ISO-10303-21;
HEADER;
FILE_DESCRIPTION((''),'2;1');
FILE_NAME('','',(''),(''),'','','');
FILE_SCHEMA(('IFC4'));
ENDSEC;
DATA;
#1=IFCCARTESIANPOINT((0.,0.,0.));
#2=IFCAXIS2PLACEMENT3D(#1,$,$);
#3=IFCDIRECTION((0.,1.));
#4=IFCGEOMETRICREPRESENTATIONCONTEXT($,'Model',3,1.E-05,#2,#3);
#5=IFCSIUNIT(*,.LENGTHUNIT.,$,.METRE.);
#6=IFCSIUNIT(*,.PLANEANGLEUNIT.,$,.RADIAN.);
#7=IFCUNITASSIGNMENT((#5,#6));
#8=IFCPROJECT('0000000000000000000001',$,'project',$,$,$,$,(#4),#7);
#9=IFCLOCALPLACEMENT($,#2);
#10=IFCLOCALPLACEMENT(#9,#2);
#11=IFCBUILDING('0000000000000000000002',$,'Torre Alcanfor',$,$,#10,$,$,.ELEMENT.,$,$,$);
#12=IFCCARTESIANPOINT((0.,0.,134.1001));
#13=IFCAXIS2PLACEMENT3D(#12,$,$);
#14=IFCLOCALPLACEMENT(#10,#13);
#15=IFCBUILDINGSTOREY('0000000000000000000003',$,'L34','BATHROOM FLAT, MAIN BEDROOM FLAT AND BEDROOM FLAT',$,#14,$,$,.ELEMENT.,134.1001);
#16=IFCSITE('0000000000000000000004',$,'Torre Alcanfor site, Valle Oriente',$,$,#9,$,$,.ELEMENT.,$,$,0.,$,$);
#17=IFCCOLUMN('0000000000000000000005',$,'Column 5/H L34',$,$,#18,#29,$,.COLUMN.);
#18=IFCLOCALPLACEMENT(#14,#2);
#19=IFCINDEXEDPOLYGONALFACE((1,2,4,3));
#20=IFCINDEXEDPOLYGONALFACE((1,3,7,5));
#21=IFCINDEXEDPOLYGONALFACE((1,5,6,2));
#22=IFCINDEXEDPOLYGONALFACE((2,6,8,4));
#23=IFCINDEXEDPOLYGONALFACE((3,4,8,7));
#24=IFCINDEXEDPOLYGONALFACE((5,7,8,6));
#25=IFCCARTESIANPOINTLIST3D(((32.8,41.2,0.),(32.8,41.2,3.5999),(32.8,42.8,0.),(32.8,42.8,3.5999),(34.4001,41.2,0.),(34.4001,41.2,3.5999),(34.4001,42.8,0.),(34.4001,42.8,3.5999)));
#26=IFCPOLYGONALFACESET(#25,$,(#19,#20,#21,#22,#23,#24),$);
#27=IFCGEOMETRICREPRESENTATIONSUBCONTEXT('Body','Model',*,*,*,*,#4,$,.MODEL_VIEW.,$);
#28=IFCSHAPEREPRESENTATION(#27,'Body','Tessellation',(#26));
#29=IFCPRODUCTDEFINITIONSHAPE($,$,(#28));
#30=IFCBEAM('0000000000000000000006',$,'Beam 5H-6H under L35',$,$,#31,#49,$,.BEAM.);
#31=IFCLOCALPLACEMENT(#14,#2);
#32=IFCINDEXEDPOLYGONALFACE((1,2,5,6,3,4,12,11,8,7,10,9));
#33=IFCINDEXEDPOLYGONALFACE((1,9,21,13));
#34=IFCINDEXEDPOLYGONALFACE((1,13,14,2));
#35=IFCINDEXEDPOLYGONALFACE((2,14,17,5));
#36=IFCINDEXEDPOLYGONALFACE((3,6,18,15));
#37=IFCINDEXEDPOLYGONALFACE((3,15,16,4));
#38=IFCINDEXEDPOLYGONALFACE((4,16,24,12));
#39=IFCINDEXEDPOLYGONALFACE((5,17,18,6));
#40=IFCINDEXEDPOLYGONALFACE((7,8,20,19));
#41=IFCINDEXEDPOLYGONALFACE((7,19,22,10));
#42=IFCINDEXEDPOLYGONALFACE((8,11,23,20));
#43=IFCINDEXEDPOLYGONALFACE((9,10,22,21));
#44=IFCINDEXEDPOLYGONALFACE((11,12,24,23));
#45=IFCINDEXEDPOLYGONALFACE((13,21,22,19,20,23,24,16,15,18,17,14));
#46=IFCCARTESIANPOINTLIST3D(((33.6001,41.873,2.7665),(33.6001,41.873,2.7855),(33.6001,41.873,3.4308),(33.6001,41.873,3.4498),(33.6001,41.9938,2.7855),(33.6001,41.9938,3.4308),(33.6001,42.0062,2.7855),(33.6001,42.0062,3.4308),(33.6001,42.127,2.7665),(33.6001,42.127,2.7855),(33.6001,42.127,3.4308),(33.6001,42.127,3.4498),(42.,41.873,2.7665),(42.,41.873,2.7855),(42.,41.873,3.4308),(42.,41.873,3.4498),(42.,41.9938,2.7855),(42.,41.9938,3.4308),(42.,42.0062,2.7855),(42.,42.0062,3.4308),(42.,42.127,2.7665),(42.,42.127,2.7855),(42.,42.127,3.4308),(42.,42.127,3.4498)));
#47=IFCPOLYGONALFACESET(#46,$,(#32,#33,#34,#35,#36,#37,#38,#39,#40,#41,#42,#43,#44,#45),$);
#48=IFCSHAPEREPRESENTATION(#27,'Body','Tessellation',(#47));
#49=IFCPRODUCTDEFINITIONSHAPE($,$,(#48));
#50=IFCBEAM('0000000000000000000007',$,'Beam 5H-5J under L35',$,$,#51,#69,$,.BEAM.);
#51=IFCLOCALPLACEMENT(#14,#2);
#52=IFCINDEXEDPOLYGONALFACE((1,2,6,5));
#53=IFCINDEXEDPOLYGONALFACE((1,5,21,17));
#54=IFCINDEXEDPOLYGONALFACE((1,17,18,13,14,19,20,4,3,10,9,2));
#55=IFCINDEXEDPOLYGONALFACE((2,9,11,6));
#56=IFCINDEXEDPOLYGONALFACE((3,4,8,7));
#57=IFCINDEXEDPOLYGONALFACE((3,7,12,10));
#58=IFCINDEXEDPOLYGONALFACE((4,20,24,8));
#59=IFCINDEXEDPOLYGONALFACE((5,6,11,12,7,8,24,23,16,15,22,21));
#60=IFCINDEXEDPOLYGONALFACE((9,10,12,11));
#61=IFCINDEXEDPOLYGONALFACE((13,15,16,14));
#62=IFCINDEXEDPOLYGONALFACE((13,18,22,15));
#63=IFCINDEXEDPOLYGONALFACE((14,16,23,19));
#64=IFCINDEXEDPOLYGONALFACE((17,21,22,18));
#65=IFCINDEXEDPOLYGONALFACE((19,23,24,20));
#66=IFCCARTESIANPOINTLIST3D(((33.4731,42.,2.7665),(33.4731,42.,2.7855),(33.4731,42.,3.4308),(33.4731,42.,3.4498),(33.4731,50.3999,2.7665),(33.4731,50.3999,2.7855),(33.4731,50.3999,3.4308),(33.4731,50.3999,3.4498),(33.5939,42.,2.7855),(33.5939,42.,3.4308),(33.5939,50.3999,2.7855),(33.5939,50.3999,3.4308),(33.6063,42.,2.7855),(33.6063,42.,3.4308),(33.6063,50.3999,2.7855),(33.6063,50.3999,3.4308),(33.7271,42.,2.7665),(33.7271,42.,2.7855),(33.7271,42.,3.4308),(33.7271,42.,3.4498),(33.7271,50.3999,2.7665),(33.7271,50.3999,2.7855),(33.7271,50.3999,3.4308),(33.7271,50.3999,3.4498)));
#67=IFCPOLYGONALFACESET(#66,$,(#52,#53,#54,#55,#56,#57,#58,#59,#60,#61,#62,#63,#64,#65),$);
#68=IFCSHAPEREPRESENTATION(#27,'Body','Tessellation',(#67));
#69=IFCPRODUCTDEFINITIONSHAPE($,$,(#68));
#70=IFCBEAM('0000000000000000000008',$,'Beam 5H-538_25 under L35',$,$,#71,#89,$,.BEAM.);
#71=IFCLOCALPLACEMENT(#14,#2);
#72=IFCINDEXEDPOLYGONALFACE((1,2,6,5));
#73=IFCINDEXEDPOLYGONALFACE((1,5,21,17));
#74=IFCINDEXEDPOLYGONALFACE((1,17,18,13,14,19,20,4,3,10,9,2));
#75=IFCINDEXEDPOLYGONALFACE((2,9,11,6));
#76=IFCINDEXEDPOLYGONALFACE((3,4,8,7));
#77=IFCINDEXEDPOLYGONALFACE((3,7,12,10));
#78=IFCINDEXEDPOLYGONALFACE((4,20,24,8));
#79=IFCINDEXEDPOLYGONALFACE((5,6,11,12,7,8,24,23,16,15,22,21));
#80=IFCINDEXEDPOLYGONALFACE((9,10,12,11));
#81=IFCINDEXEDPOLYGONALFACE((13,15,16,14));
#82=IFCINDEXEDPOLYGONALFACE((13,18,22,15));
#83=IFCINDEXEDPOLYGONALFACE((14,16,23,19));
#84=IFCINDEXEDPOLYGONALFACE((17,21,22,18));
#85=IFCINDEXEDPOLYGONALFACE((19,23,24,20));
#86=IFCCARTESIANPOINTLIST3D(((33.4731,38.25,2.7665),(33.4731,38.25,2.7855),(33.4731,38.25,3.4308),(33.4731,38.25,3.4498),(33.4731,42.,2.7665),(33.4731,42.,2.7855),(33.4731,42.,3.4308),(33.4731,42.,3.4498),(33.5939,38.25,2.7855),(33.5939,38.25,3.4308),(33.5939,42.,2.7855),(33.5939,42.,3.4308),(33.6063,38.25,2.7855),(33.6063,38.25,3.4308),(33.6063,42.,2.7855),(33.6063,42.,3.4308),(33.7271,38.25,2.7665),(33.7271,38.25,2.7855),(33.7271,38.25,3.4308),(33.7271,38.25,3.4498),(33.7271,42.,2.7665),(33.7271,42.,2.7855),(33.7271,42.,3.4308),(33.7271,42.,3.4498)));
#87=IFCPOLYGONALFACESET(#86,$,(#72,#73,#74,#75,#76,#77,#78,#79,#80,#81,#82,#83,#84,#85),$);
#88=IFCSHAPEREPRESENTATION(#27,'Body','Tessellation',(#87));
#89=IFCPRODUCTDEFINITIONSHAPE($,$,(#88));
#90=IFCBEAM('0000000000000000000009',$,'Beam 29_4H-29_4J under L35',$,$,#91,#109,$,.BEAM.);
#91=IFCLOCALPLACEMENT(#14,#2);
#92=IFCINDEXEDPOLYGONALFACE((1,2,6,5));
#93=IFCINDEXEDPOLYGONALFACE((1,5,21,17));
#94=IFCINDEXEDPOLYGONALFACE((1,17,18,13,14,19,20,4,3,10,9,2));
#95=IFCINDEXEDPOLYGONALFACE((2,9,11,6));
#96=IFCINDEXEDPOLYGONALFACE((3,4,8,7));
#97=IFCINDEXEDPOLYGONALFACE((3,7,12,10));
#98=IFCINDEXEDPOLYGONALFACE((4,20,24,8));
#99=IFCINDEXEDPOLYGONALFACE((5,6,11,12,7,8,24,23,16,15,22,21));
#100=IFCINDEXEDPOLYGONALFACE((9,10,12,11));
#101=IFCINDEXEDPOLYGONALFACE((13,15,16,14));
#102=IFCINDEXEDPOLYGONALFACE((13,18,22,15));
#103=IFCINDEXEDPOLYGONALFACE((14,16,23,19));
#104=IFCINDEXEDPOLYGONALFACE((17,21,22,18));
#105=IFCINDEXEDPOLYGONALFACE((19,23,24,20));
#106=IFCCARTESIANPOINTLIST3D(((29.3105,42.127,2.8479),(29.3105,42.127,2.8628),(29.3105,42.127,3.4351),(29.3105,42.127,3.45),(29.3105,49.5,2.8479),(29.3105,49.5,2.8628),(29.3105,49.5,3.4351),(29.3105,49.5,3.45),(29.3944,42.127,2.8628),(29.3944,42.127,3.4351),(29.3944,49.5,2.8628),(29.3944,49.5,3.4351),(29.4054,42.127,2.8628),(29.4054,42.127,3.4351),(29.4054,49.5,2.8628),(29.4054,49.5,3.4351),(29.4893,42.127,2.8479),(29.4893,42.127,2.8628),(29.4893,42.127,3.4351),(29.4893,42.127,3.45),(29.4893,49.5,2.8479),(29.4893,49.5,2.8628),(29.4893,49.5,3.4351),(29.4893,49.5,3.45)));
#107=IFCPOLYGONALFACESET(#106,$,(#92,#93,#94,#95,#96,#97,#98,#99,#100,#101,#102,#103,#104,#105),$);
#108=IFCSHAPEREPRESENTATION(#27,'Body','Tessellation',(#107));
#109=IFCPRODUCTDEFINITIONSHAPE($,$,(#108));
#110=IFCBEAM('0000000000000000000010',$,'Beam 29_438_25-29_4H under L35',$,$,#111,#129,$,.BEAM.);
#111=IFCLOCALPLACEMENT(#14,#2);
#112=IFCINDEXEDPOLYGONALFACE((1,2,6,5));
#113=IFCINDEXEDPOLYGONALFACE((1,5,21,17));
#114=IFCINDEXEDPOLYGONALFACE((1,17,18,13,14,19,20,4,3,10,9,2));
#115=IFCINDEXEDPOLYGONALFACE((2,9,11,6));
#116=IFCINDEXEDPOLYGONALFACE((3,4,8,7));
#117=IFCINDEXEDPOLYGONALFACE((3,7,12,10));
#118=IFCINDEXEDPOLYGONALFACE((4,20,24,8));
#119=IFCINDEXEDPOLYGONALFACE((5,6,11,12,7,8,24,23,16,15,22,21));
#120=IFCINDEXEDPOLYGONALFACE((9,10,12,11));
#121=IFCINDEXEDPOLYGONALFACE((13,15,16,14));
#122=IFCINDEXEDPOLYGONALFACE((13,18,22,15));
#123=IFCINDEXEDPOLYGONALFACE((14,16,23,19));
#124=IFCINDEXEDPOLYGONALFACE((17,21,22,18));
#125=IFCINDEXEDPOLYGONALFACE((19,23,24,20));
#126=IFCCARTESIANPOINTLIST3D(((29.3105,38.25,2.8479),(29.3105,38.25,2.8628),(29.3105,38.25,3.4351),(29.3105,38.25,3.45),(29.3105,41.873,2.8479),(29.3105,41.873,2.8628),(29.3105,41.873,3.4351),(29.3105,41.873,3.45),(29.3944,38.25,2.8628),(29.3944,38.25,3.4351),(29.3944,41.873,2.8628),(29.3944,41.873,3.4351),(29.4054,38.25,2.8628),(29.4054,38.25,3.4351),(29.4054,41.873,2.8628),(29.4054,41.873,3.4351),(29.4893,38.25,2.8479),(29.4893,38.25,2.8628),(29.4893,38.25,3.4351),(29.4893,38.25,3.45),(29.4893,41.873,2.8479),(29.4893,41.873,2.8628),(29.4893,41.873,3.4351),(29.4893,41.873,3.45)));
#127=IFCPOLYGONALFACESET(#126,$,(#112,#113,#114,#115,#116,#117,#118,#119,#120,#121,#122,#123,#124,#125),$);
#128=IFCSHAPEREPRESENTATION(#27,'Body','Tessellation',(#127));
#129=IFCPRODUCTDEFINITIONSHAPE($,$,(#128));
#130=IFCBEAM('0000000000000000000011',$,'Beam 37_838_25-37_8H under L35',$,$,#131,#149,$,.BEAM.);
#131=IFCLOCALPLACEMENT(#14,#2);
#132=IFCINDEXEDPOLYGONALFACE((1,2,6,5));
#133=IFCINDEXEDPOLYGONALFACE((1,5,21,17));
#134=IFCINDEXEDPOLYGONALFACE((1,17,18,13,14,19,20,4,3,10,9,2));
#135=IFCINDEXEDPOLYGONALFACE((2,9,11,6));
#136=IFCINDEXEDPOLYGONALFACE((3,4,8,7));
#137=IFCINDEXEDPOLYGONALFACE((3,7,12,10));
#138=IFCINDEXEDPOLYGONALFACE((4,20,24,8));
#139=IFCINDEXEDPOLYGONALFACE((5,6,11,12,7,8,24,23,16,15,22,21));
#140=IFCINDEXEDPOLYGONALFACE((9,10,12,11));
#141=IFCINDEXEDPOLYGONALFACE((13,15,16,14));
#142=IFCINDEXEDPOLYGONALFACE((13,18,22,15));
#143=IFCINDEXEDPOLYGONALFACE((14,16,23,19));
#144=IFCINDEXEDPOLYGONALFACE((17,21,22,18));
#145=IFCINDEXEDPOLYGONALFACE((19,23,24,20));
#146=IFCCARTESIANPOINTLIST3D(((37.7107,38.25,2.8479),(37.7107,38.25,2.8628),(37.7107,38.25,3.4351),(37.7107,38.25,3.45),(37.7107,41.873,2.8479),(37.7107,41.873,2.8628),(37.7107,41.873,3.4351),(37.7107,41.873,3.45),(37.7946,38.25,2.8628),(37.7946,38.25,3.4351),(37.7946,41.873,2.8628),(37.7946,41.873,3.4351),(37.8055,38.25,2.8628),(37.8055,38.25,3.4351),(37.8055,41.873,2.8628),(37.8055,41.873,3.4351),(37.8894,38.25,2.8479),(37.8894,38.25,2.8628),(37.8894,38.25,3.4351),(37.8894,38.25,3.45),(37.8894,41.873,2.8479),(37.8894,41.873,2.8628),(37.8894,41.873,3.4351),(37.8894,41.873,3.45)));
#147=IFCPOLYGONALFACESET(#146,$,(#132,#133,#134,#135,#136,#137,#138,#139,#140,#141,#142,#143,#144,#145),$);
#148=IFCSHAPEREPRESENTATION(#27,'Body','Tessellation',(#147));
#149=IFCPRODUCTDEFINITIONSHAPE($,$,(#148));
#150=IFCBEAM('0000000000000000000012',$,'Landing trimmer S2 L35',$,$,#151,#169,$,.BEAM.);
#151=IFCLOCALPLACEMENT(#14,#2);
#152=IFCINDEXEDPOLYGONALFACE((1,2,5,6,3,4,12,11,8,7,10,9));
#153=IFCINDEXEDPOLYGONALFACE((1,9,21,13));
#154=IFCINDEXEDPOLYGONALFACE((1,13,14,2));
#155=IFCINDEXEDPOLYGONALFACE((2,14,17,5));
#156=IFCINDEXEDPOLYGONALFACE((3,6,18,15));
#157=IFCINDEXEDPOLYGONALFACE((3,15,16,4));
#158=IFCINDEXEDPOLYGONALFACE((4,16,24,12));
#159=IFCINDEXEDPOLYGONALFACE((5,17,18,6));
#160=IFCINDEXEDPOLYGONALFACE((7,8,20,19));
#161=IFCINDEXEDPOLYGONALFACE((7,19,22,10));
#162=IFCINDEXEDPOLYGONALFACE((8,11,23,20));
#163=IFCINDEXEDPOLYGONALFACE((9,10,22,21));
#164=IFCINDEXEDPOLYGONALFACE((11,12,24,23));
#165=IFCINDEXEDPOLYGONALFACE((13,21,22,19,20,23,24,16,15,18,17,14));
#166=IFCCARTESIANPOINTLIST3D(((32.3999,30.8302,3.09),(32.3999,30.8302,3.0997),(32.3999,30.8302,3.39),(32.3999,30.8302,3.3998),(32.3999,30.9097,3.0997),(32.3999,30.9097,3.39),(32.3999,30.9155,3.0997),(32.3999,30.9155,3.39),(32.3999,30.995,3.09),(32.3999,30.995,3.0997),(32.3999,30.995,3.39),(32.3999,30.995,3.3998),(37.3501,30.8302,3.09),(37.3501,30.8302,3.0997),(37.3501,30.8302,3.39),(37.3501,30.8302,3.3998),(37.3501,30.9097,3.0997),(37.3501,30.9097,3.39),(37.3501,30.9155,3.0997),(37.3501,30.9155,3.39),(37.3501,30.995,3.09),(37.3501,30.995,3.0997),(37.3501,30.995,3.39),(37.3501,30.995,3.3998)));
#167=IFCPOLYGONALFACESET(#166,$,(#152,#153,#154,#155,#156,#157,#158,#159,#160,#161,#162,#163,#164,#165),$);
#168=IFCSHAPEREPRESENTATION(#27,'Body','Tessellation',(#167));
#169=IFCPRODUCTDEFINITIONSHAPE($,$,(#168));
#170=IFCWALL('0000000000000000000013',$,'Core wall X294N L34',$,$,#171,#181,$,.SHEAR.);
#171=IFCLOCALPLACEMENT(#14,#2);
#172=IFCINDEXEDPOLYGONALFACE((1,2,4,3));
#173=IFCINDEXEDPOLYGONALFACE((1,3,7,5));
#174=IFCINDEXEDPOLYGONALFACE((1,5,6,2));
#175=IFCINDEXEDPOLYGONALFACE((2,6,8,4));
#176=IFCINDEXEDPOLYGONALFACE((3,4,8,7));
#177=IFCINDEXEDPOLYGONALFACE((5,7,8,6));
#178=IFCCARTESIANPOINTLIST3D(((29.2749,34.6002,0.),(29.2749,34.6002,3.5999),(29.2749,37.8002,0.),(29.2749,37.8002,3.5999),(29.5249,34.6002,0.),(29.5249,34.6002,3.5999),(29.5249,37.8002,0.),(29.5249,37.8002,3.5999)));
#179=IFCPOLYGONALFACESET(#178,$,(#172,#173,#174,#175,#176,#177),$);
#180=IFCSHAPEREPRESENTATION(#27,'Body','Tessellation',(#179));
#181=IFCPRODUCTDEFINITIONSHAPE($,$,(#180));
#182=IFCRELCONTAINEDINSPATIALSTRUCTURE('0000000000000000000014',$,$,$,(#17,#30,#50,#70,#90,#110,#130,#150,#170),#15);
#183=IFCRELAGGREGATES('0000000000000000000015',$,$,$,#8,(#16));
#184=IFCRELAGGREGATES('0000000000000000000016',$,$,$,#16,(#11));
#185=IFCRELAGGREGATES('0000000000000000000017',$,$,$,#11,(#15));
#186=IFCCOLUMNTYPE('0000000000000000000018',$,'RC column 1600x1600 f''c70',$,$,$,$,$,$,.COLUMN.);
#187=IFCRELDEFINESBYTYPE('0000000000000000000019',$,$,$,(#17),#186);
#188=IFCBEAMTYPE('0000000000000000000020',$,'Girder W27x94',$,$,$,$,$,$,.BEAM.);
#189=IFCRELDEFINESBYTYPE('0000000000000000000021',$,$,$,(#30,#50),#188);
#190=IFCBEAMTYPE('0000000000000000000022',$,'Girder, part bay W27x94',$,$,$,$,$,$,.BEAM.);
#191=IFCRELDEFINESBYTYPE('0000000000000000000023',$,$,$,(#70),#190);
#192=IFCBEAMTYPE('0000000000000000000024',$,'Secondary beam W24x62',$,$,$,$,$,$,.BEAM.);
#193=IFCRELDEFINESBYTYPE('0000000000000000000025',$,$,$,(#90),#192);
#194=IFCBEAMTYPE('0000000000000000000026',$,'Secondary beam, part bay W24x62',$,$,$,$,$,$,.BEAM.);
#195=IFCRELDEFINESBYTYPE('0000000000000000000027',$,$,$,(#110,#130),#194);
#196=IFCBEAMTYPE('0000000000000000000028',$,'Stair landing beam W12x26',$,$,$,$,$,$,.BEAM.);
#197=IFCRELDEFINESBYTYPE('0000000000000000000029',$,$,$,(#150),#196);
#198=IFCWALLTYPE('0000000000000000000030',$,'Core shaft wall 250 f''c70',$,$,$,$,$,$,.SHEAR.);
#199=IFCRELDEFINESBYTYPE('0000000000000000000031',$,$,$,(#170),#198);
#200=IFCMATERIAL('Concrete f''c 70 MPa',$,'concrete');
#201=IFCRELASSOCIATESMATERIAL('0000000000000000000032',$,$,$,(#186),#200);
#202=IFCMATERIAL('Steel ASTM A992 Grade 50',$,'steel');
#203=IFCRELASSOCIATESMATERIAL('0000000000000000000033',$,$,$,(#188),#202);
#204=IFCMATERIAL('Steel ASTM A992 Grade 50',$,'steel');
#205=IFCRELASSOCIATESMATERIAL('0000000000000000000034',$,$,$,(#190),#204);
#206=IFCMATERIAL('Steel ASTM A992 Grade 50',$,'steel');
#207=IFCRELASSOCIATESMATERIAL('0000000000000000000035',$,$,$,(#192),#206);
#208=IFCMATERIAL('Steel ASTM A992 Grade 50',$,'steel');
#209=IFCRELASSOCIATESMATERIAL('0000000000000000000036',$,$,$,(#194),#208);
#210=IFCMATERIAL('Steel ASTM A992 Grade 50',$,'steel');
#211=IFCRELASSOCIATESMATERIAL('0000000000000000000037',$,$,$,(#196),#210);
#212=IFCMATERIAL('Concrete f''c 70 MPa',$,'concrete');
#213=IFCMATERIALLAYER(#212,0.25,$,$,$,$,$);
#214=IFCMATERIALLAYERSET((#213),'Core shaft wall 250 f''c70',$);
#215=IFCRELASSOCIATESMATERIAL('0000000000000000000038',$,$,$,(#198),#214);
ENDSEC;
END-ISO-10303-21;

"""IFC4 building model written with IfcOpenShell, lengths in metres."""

from ifc_helpers import new_model, si_unit, direction, frame, frame_2d, origin, origin_2d, place, context, subcontext, project, spatial, rectangle, i_section, extrude, material, layer, layer_set, material_profile, profile_set, type_object, element, save


model = new_model("IFC4")

# Units and contexts
model_context = context("Model", 3, precision=1e-05, world=origin(), true_north=direction((0.0, 1.0)))
body_context = subcontext(model_context, "Body", "Model", "MODEL_VIEW")
ifc_project = project(units=[si_unit("LENGTHUNIT", "METRE"), si_unit("PLANEANGLEUNIT", "RADIAN")], contexts=[model_context])

# Site, building, storey
site_placement = place(None, origin())
site = spatial("IfcSite", under=ifc_project, at=site_placement, Name="Torre Alcanfor site, Valle Oriente", CompositionType="ELEMENT", RefElevation=0.0)
building_placement = place(site_placement, origin())
building = spatial("IfcBuilding", under=site, at=building_placement, Name="Torre Alcanfor", CompositionType="ELEMENT")
storey_placement = place(building_placement, frame((0.0, 0.0, 134.1001)))
storey = spatial("IfcBuildingStorey", under=building, at=storey_placement, Name="L34", Description="BATHROOM FLAT, MAIN BEDROOM FLAT AND BEDROOM FLAT", CompositionType="ELEMENT", Elevation=134.1001)

# Column
ifc_material_1 = material(Name="Concrete f'c 70 MPa", Category="concrete")
ifc_material_profile_1 = material_profile(ifc_material_1, rectangle(XDim=1.6001, YDim=1.6001, at=origin_2d()), Name="1600x1600")
ifc_profile_set_1 = profile_set([ifc_material_profile_1], Name="Concrete f'c 70 MPa")
column_type = type_object("IfcColumnType", Name="RC column 1600x1600 f'c70", PredefinedType="COLUMN", material=ifc_profile_set_1)
column_placement = place(storey_placement, frame((33.6001, 42.0, 0.0), z_axis=(0.0, 0.0, 1.0), x_axis=(1.0, 0.0, 0.0)))
element("IfcColumn", 1, at=column_placement, inside=storey, type_object=column_type, Name="Column 5/H L34", PredefinedType="COLUMN", context=body_context, shape_type="SweptSolid", body=[
    extrude(rectangle(XDim=1.6001, YDim=1.6001, at=origin_2d()), origin(), (0.0, 0.0, 1.0), 3.5999),
])

# Beams
ifc_material_2 = material(Name="Steel ASTM A992 Grade 50", Category="steel")
ifc_material_profile_2 = material_profile(ifc_material_2, i_section(OverallWidth=0.2539, OverallDepth=0.6833, WebThickness=0.0125, FlangeThickness=0.019, at=origin_2d()), Name="W27x94")
ifc_profile_set_2 = profile_set([ifc_material_profile_2], Name="Steel ASTM A992 Grade 50")
beam_type_1 = type_object("IfcBeamType", Name="Girder W27x94", PredefinedType="BEAM", material=ifc_profile_set_2)
for number, where, z_axis, x_axis, name in (
    (2, (33.6001, 42.0, 3.1082), (1.0, 0.0, 0.0), (0.0, 1.0, 0.0), "Beam 5H-6H under L35"),
    (3, (33.6001, 42.0, 3.1082), (0.0, 1.0, 0.0), (-1.0, 0.0, 0.0), "Beam 5H-5J under L35"),
):
    element("IfcBeam", number, at=place(storey_placement, frame(where, z_axis=z_axis, x_axis=x_axis)), inside=storey, type_object=beam_type_1, Name=name, PredefinedType="BEAM", context=body_context, shape_type="SweptSolid", body=[
        extrude(i_section(OverallWidth=0.2539, OverallDepth=0.6833, WebThickness=0.0125, FlangeThickness=0.019, at=origin_2d()), origin(), (0.0, 0.0, 1.0), 8.3999),
    ])
ifc_material_3 = material(Name="Steel ASTM A992 Grade 50", Category="steel")
ifc_material_profile_3 = material_profile(ifc_material_3, i_section(OverallWidth=0.2539, OverallDepth=0.6833, WebThickness=0.0125, FlangeThickness=0.019, at=origin_2d()), Name="W27x94")
ifc_profile_set_3 = profile_set([ifc_material_profile_3], Name="Steel ASTM A992 Grade 50")
beam_type_2 = type_object("IfcBeamType", Name="Girder, part bay W27x94", PredefinedType="BEAM", material=ifc_profile_set_3)
beam_1_placement = place(storey_placement, frame((33.6001, 42.0, 3.1082), z_axis=(0.0, -1.0, 0.0), x_axis=(1.0, 0.0, 0.0)))
element("IfcBeam", 4, at=beam_1_placement, inside=storey, type_object=beam_type_2, Name="Beam 5H-538_25 under L35", PredefinedType="BEAM", context=body_context, shape_type="SweptSolid", body=[
    extrude(i_section(OverallWidth=0.2539, OverallDepth=0.6833, WebThickness=0.0125, FlangeThickness=0.019, at=origin_2d()), origin(), (0.0, 0.0, 1.0), 3.75),
])
ifc_material_4 = material(Name="Steel ASTM A992 Grade 50", Category="steel")
ifc_material_profile_4 = material_profile(ifc_material_4, i_section(OverallWidth=0.1787, OverallDepth=0.6021, WebThickness=0.011, FlangeThickness=0.0149, at=origin_2d()), Name="W24x62")
ifc_profile_set_4 = profile_set([ifc_material_profile_4], Name="Steel ASTM A992 Grade 50")
beam_type_3 = type_object("IfcBeamType", Name="Secondary beam W24x62", PredefinedType="BEAM", material=ifc_profile_set_4)
beam_2_placement = place(storey_placement, frame((29.3999, 42.127, 3.1489), z_axis=(0.0, 1.0, 0.0), x_axis=(-1.0, 0.0, 0.0)))
element("IfcBeam", 5, at=beam_2_placement, inside=storey, type_object=beam_type_3, Name="Beam 29_4H-29_4J under L35", PredefinedType="BEAM", context=body_context, shape_type="SweptSolid", body=[
    extrude(i_section(OverallWidth=0.1787, OverallDepth=0.6021, WebThickness=0.011, FlangeThickness=0.0149, at=origin_2d()), origin(), (0.0, 0.0, 1.0), 7.373),
])
ifc_material_5 = material(Name="Steel ASTM A992 Grade 50", Category="steel")
ifc_material_profile_5 = material_profile(ifc_material_5, i_section(OverallWidth=0.1787, OverallDepth=0.6021, WebThickness=0.011, FlangeThickness=0.0149, at=origin_2d()), Name="W24x62")
ifc_profile_set_5 = profile_set([ifc_material_profile_5], Name="Steel ASTM A992 Grade 50")
beam_type_4 = type_object("IfcBeamType", Name="Secondary beam, part bay W24x62", PredefinedType="BEAM", material=ifc_profile_set_5)
for number, where, z_axis, x_axis, name in (
    (6, (29.3999, 38.25, 3.1489), (0.0, 1.0, 0.0), (-1.0, 0.0, 0.0), "Beam 29_438_25-29_4H under L35"),
    (7, (37.8, 38.25, 3.1489), (0.0, 1.0, 0.0), (-1.0, 0.0, 0.0), "Beam 37_838_25-37_8H under L35"),
):
    element("IfcBeam", number, at=place(storey_placement, frame(where, z_axis=z_axis, x_axis=x_axis)), inside=storey, type_object=beam_type_4, Name=name, PredefinedType="BEAM", context=body_context, shape_type="SweptSolid", body=[
        extrude(i_section(OverallWidth=0.1787, OverallDepth=0.6021, WebThickness=0.011, FlangeThickness=0.0149, at=origin_2d()), origin(), (0.0, 0.0, 1.0), 3.623),
    ])
ifc_material_6 = material(Name="Steel ASTM A992 Grade 50", Category="steel")
ifc_material_profile_6 = material_profile(ifc_material_6, i_section(OverallWidth=0.1648, OverallDepth=0.3098, WebThickness=0.0059, FlangeThickness=0.0098, at=origin_2d()), Name="W12x26")
ifc_profile_set_6 = profile_set([ifc_material_profile_6], Name="Steel ASTM A992 Grade 50")
beam_type_5 = type_object("IfcBeamType", Name="Stair landing beam W12x26", PredefinedType="BEAM", material=ifc_profile_set_6)
beam_3_placement = place(storey_placement, frame((32.3999, 30.9126, 3.2449), z_axis=(1.0, 0.0, 0.0), x_axis=(0.0, 1.0, 0.0)))
element("IfcBeam", 8, at=beam_3_placement, inside=storey, type_object=beam_type_5, Name="Landing trimmer S2 L35", PredefinedType="BEAM", context=body_context, shape_type="SweptSolid", body=[
    extrude(i_section(OverallWidth=0.1648, OverallDepth=0.3098, WebThickness=0.0059, FlangeThickness=0.0098, at=origin_2d()), origin(), (0.0, 0.0, 1.0), 4.9502),
])

# Wall
ifc_material_7 = material(Name="Concrete f'c 70 MPa", Category="concrete")
ifc_layer_1 = layer(ifc_material_7, 0.25)
ifc_layer_set_1 = layer_set([ifc_layer_1], Name="Core shaft wall 250 f'c70")
wall_type_1 = type_object("IfcWallType", Name="Core shaft wall 250 f'c70", PredefinedType="SHEAR", material=ifc_layer_set_1)
wall_1_placement = place(storey_placement, frame((29.3999, 34.6001, 0.0), z_axis=(0.0, 0.0, 1.0), x_axis=(0.0, 1.0, 0.0)))
element("IfcWall", 9, at=wall_1_placement, inside=storey, type_object=wall_type_1, Name="Core wall X294N L34", PredefinedType="SHEAR", context=body_context, shape_type="SweptSolid", body=[
    extrude(rectangle(XDim=3.2, YDim=0.25, at=frame_2d((1.6001, 0.0))), origin(), (0.0, 0.0, 1.0), 3.5999),
])

save(model, "model.ifc")
